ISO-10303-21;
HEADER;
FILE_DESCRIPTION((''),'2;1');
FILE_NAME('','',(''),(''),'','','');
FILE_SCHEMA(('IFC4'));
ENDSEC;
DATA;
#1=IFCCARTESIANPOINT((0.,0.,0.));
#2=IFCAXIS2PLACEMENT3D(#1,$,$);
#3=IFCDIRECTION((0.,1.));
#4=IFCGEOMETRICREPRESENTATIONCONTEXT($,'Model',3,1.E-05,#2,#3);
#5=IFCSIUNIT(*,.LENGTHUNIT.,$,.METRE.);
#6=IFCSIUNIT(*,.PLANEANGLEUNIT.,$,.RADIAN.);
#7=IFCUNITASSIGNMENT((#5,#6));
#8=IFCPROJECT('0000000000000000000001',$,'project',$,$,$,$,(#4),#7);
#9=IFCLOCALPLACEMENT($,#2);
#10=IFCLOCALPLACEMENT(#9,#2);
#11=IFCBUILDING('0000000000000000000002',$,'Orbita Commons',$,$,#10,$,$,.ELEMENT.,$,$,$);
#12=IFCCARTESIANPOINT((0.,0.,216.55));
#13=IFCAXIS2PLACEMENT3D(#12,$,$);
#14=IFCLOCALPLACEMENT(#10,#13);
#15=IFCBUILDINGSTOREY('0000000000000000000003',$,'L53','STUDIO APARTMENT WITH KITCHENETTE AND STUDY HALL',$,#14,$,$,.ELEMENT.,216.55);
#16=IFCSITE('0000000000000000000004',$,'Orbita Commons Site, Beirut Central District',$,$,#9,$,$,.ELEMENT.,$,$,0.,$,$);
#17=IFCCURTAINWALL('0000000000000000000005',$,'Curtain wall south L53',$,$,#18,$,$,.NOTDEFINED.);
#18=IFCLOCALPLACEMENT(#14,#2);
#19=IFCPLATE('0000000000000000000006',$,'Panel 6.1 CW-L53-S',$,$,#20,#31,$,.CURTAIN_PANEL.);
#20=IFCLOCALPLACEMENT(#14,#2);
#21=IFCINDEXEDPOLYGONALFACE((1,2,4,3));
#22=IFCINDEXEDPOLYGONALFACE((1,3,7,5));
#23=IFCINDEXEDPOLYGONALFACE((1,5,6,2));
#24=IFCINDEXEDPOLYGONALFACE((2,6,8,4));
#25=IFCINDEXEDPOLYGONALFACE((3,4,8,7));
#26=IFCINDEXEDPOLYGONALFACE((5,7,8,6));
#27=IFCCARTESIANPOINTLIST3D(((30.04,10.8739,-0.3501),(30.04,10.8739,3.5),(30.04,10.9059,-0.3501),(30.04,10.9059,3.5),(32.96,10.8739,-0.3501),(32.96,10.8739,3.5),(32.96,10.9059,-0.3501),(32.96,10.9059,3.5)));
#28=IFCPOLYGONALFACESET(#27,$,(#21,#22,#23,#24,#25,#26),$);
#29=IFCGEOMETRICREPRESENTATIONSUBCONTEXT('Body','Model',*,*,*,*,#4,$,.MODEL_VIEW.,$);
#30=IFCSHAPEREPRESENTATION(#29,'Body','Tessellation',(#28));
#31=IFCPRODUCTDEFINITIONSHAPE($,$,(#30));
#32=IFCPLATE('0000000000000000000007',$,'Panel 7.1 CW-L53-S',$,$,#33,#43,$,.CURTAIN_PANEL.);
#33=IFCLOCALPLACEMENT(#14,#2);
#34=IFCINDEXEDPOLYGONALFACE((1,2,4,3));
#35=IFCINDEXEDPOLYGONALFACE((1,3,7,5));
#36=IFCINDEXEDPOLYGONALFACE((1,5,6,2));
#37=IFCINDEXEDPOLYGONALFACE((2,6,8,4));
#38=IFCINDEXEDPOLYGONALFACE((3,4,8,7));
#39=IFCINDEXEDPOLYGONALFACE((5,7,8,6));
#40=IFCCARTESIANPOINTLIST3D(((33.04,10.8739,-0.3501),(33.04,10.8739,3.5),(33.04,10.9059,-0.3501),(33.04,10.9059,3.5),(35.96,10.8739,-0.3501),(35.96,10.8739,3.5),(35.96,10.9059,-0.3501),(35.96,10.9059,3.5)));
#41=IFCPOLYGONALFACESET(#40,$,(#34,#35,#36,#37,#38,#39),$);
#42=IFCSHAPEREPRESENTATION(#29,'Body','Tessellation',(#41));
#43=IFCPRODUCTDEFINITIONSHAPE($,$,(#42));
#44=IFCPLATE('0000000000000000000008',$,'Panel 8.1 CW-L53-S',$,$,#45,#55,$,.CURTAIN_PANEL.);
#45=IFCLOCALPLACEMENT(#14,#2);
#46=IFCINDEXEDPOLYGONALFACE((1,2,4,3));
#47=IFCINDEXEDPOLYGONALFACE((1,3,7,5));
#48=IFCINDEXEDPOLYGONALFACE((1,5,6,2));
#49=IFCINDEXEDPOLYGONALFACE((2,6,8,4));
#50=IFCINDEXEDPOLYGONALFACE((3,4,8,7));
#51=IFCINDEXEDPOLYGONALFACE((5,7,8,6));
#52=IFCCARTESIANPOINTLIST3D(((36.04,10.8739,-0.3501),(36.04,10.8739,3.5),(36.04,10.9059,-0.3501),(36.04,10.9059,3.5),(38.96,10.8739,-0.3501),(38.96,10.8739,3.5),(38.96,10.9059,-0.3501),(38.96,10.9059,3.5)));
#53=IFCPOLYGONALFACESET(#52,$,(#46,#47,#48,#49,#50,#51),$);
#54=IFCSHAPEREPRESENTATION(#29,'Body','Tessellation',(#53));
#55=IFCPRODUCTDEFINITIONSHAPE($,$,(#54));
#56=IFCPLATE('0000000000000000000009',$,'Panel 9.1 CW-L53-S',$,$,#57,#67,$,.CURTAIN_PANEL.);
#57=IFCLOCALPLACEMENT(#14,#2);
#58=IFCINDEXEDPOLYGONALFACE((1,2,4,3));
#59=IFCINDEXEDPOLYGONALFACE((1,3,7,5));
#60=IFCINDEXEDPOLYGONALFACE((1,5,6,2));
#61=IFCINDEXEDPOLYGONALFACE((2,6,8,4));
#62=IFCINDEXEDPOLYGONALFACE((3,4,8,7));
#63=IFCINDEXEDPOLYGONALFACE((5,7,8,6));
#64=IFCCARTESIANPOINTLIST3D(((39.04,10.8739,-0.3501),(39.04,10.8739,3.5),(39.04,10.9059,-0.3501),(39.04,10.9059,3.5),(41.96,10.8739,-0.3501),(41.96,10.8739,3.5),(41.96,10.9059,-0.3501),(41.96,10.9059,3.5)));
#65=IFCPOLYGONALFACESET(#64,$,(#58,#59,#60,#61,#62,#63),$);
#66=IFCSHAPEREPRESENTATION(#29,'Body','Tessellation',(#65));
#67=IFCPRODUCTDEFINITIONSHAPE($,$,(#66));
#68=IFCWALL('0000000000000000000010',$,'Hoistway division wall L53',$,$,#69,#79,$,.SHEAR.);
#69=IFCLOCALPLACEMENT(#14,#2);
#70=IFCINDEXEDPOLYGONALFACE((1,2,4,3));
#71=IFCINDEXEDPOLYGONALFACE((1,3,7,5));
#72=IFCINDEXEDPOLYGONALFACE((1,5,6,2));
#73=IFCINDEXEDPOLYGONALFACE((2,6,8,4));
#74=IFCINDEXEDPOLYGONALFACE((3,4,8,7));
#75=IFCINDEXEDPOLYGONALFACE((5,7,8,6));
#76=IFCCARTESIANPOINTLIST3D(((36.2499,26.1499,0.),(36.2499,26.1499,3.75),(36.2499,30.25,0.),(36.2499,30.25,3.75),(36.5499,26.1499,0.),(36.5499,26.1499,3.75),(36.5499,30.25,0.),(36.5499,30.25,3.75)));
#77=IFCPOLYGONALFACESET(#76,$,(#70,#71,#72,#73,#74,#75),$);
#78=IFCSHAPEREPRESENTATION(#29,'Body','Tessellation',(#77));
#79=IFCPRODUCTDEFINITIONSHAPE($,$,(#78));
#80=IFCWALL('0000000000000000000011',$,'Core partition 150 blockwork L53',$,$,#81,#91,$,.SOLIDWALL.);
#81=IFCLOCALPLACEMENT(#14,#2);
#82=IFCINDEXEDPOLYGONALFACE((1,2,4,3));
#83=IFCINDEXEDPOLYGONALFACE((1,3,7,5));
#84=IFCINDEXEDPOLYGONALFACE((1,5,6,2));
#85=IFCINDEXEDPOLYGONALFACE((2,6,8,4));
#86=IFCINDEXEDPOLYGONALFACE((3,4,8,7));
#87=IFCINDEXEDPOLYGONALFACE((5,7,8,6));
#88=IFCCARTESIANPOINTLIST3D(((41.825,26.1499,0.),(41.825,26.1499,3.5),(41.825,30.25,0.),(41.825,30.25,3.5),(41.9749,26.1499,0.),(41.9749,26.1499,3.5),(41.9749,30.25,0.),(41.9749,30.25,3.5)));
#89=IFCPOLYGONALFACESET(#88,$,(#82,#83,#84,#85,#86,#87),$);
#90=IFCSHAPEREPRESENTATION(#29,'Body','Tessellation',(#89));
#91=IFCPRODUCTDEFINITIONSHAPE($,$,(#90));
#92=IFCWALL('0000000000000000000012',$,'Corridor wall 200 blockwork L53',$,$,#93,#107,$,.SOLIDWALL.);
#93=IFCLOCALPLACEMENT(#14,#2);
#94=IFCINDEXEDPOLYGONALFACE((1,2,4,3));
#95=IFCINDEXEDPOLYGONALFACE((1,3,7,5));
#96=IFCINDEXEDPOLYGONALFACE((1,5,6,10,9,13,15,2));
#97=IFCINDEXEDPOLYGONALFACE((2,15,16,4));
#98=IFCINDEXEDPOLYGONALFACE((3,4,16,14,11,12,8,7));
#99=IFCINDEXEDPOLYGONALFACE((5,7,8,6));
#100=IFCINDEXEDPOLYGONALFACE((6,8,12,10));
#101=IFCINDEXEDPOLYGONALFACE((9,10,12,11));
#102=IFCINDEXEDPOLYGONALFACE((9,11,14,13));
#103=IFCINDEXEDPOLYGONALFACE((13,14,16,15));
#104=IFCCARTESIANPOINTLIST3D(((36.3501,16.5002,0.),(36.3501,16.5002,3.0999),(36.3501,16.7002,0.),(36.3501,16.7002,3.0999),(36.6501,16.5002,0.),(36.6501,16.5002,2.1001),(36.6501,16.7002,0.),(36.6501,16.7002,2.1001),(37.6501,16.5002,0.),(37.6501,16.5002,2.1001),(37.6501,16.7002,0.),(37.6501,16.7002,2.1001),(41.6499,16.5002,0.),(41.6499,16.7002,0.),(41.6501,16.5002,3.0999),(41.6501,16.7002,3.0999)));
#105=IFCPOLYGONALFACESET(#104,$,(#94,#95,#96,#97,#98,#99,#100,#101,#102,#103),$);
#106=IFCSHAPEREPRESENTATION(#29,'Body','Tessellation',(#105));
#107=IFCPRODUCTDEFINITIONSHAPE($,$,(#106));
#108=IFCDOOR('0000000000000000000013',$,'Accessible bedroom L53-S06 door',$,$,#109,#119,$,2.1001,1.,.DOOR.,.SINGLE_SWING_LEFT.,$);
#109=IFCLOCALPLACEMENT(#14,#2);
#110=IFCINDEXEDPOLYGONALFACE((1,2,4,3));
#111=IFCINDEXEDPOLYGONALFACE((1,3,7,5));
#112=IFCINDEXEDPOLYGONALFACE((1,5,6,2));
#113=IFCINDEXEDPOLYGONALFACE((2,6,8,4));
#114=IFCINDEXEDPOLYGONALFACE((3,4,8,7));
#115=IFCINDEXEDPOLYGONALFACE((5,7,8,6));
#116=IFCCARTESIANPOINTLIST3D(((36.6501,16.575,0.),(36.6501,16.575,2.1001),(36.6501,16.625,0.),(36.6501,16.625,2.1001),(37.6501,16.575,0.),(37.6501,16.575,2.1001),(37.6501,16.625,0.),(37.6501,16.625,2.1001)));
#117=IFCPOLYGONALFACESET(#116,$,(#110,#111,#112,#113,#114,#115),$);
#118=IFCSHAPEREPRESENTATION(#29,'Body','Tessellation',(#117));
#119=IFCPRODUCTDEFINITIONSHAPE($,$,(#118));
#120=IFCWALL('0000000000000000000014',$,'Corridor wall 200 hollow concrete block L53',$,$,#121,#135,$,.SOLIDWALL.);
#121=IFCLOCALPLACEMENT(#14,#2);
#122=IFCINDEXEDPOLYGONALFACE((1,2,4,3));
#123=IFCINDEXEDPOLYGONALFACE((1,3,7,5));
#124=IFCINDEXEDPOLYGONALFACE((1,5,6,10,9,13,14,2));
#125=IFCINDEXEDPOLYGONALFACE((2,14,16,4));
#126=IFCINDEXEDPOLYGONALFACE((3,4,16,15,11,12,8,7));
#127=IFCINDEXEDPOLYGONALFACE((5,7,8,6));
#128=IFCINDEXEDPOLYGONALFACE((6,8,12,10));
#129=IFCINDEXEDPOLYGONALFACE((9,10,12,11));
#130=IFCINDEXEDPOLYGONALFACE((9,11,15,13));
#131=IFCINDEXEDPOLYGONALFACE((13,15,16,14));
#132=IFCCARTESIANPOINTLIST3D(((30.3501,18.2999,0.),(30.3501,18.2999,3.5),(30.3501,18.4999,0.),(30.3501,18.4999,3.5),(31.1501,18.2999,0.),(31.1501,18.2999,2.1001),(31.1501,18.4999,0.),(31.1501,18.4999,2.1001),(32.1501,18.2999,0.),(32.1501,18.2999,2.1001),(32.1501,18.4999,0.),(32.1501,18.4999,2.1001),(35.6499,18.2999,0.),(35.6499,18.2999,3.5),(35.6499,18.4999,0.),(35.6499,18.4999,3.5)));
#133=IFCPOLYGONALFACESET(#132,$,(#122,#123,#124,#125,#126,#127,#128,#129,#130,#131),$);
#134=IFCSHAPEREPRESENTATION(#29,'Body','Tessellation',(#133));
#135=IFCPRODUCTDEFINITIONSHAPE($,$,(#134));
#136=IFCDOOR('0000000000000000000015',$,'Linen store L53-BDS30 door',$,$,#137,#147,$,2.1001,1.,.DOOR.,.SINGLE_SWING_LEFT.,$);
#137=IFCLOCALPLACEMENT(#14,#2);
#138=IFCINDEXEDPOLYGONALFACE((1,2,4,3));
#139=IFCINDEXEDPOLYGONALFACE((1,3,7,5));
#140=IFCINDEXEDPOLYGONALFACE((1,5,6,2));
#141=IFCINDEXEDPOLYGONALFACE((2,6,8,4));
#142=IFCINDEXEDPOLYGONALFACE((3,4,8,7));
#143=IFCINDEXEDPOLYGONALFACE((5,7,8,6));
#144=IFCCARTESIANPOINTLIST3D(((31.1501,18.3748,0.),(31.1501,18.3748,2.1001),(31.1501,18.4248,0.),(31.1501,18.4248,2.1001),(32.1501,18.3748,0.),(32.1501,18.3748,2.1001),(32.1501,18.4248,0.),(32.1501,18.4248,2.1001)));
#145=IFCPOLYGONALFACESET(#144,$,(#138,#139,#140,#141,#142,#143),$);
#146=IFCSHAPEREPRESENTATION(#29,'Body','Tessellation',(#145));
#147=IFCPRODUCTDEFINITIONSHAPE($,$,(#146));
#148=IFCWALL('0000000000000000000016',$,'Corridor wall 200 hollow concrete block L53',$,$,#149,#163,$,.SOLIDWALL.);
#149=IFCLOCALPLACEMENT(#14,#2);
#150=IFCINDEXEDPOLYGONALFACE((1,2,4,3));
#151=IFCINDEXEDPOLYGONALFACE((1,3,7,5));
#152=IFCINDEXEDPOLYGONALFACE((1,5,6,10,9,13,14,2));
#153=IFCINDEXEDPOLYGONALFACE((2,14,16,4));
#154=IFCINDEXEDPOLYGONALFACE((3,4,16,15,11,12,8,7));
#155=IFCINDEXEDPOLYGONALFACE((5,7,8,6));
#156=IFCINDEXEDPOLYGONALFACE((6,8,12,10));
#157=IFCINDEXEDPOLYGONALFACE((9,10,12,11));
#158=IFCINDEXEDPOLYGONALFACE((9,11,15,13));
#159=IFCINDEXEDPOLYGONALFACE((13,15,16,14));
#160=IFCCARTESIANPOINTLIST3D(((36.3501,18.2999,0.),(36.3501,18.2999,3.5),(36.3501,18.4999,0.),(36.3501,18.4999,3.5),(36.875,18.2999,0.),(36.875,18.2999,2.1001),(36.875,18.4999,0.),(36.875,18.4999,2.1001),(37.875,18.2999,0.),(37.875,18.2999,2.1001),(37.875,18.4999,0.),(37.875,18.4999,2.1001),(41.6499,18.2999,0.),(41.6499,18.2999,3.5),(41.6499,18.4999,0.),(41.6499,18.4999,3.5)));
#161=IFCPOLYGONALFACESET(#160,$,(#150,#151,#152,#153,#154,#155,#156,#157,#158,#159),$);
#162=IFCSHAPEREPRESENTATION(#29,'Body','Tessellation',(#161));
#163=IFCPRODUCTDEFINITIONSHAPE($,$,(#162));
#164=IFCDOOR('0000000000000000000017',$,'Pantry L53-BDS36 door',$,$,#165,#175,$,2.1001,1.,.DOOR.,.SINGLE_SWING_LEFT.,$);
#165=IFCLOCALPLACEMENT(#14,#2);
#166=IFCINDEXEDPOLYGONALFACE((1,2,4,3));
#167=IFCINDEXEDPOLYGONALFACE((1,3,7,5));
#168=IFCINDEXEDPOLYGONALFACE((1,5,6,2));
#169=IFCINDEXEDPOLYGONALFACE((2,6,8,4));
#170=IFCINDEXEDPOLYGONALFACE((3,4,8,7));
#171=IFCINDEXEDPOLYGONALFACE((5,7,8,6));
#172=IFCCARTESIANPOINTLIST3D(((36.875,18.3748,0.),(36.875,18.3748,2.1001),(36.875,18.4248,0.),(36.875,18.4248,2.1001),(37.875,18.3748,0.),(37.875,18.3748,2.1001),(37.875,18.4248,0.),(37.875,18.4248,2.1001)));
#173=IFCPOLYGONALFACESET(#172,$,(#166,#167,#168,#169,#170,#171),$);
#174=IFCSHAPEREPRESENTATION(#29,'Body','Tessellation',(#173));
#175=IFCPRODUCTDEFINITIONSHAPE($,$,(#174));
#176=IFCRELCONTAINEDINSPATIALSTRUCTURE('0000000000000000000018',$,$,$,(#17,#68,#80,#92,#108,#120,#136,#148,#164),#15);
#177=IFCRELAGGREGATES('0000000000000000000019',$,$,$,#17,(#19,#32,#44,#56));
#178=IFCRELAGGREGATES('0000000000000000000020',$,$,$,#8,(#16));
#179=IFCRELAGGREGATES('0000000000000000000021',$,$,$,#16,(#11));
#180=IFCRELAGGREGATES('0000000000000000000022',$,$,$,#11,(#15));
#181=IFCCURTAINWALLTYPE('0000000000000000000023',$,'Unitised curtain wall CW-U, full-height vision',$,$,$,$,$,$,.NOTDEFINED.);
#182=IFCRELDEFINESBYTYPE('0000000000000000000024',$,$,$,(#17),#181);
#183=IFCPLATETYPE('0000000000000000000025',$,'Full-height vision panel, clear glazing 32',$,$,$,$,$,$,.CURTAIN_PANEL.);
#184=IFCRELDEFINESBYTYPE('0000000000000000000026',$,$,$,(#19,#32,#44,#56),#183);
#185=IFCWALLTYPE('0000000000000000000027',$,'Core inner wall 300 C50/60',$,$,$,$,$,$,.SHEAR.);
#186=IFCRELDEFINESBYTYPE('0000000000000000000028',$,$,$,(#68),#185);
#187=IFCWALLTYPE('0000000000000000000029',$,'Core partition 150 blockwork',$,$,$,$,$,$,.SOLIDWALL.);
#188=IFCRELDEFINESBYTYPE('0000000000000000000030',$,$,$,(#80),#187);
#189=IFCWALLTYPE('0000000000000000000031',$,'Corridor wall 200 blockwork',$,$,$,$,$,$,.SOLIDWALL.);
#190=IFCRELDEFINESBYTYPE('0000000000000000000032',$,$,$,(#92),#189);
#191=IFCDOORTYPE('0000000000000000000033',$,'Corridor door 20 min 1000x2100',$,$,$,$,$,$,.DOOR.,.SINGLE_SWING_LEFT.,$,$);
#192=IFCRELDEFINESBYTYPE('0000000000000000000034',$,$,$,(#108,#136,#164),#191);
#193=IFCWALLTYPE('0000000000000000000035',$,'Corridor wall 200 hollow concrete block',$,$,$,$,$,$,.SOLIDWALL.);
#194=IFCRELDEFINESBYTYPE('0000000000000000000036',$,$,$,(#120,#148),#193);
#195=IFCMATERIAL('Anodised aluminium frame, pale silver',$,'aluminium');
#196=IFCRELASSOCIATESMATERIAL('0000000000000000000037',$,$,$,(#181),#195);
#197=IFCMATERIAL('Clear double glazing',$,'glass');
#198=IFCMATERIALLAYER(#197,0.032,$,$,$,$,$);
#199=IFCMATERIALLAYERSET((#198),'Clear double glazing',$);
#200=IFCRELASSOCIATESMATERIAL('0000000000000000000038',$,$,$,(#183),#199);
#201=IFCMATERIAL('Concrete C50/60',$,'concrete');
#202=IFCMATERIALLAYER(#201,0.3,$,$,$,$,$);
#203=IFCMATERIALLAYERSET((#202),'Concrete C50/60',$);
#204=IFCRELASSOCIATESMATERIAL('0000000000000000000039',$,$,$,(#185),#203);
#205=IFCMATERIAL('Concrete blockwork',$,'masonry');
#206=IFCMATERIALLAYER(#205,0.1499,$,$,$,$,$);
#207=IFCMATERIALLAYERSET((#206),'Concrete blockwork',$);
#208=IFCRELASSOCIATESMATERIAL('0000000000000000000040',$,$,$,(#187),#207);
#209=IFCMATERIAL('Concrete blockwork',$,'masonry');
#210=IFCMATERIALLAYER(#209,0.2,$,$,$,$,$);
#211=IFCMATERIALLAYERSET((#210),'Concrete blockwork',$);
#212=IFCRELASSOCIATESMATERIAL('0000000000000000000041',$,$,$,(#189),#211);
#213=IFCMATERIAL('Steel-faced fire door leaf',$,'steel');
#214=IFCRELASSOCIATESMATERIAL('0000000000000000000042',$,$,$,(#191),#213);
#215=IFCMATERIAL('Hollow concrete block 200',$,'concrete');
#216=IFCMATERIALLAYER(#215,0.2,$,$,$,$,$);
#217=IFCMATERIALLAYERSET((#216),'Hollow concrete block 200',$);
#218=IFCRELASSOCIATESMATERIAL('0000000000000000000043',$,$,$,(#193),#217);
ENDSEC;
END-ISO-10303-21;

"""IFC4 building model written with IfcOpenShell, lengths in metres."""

from ifc_helpers import new_model, si_unit, direction, frame, frame_2d, origin, origin_2d, place, context, subcontext, project, spatial, polyline, rectangle, outline, extrude, material, layer, layer_set, type_object, element, fill, aggregate, save


model = new_model("IFC4")

# Units and contexts
model_context = context("Model", 3, precision=1e-05, world=origin(), true_north=direction((0.0, 1.0)))
body_context = subcontext(model_context, "Body", "Model", "MODEL_VIEW")
ifc_project = project(units=[si_unit("LENGTHUNIT", "METRE"), si_unit("PLANEANGLEUNIT", "RADIAN")], contexts=[model_context])

# Site, building, storey
site_placement = place(None, origin())
site = spatial("IfcSite", under=ifc_project, at=site_placement, Name="Orbita Commons Site, Beirut Central District", CompositionType="ELEMENT", RefElevation=0.0)
building_placement = place(site_placement, origin())
building = spatial("IfcBuilding", under=site, at=building_placement, Name="Orbita Commons", CompositionType="ELEMENT")
storey_placement = place(building_placement, frame((0.0, 0.0, 216.55)))
storey = spatial("IfcBuildingStorey", under=building, at=storey_placement, Name="L53", Description="STUDIO APARTMENT WITH KITCHENETTE AND STUDY HALL", CompositionType="ELEMENT", Elevation=216.55)

# Curtain wall
ifc_material_1 = material(Name="Anodised aluminium frame, pale silver", Category="aluminium")
curtain_wall_type = type_object("IfcCurtainWallType", Name="Unitised curtain wall CW-U, full-height vision", PredefinedType="NOTDEFINED", material=ifc_material_1)
curtain_wall_placement = place(storey_placement, origin())
curtain_wall = element("IfcCurtainWall", 1, at=curtain_wall_placement, inside=storey, type_object=curtain_wall_type, Name="Curtain wall south L53", PredefinedType="NOTDEFINED")

# Plates
ifc_material_2 = material(Name="Clear double glazing", Category="glass")
ifc_layer_1 = layer(ifc_material_2, 0.032)
ifc_layer_set_1 = layer_set([ifc_layer_1], Name="Clear double glazing")
plate_type = type_object("IfcPlateType", Name="Full-height vision panel, clear glazing 32", PredefinedType="CURTAIN_PANEL", material=ifc_layer_set_1)
plate_1_placement = place(storey_placement, frame((31.5, 10.8899, -0.3501), z_axis=(0.0, 0.0, 1.0), x_axis=(1.0, 0.0, 0.0)))
plate_1 = element("IfcPlate", 2, at=plate_1_placement, type_object=plate_type, Name="Panel 6.1 CW-L53-S", PredefinedType="CURTAIN_PANEL", context=body_context, shape_type="SweptSolid", body=[
    extrude(rectangle(XDim=2.9199, YDim=0.032, at=origin_2d()), origin(), (0.0, 0.0, 1.0), 3.8501),
])
plate_2_placement = place(storey_placement, frame((34.5, 10.8899, -0.3501), z_axis=(0.0, 0.0, 1.0), x_axis=(1.0, 0.0, 0.0)))
plate_2 = element("IfcPlate", 3, at=plate_2_placement, type_object=plate_type, Name="Panel 7.1 CW-L53-S", PredefinedType="CURTAIN_PANEL", context=body_context, shape_type="SweptSolid", body=[
    extrude(rectangle(XDim=2.9199, YDim=0.032, at=origin_2d()), origin(), (0.0, 0.0, 1.0), 3.8501),
])
plate_3_placement = place(storey_placement, frame((37.5, 10.8899, -0.3501), z_axis=(0.0, 0.0, 1.0), x_axis=(1.0, 0.0, 0.0)))
plate_3 = element("IfcPlate", 4, at=plate_3_placement, type_object=plate_type, Name="Panel 8.1 CW-L53-S", PredefinedType="CURTAIN_PANEL", context=body_context, shape_type="SweptSolid", body=[
    extrude(rectangle(XDim=2.9199, YDim=0.032, at=origin_2d()), origin(), (0.0, 0.0, 1.0), 3.8501),
])
plate_4_placement = place(storey_placement, frame((40.5, 10.8899, -0.3501), z_axis=(0.0, 0.0, 1.0), x_axis=(1.0, 0.0, 0.0)))
plate_4 = element("IfcPlate", 5, at=plate_4_placement, type_object=plate_type, Name="Panel 9.1 CW-L53-S", PredefinedType="CURTAIN_PANEL", context=body_context, shape_type="SweptSolid", body=[
    extrude(rectangle(XDim=2.9199, YDim=0.032, at=origin_2d()), origin(), (0.0, 0.0, 1.0), 3.8501),
])
aggregate(curtain_wall, [plate_1, plate_2, plate_3, plate_4])

# Walls
ifc_material_3 = material(Name="Concrete C50/60", Category="concrete")
ifc_layer_2 = layer(ifc_material_3, 0.3)
ifc_layer_set_2 = layer_set([ifc_layer_2], Name="Concrete C50/60")
wall_type_1 = type_object("IfcWallType", Name="Core inner wall 300 C50/60", PredefinedType="SHEAR", material=ifc_layer_set_2)
wall_1_placement = place(storey_placement, frame((36.3999, 26.1499, 0.0), z_axis=(0.0, 0.0, 1.0), x_axis=(0.0, 1.0, 0.0)))
element("IfcWall", 6, at=wall_1_placement, inside=storey, type_object=wall_type_1, Name="Hoistway division wall L53", PredefinedType="SHEAR", context=body_context, shape_type="SweptSolid", body=[
    extrude(rectangle(XDim=4.1001, YDim=0.3, at=frame_2d((2.05, 0.0))), origin(), (0.0, 0.0, 1.0), 3.75),
])
ifc_material_4 = material(Name="Concrete blockwork", Category="masonry")
ifc_layer_3 = layer(ifc_material_4, 0.1499)
ifc_layer_set_3 = layer_set([ifc_layer_3], Name="Concrete blockwork")
wall_type_2 = type_object("IfcWallType", Name="Core partition 150 blockwork", PredefinedType="SOLIDWALL", material=ifc_layer_set_3)
wall_2_placement = place(storey_placement, frame((41.8999, 26.1499, 0.0), z_axis=(0.0, 0.0, 1.0), x_axis=(0.0, 1.0, 0.0)))
element("IfcWall", 7, at=wall_2_placement, inside=storey, type_object=wall_type_2, Name="Core partition 150 blockwork L53", PredefinedType="SOLIDWALL", context=body_context, shape_type="SweptSolid", body=[
    extrude(rectangle(XDim=4.1001, YDim=0.1499, at=frame_2d((2.05, 0.0))), origin(), (0.0, 0.0, 1.0), 3.5),
])

# Walls, openings, doors
ifc_material_5 = material(Name="Concrete blockwork", Category="masonry")
ifc_layer_4 = layer(ifc_material_5, 0.2)
ifc_layer_set_4 = layer_set([ifc_layer_4], Name="Concrete blockwork")
wall_type_3 = type_object("IfcWallType", Name="Corridor wall 200 blockwork", PredefinedType="SOLIDWALL", material=ifc_layer_set_4)
wall_3_placement = place(storey_placement, frame((36.3501, 16.6001, 0.0), z_axis=(0.0, 0.0, 1.0), x_axis=(1.0, 0.0, 0.0)))
wall_3 = element("IfcWall", 8, at=wall_3_placement, inside=storey, type_object=wall_type_3, Name="Corridor wall 200 blockwork L53", PredefinedType="SOLIDWALL", context=body_context, shape_type="SweptSolid", body=[
    extrude(outline(polyline([(0.0, 0.0), (5.2998, 0.0), (5.3, 3.0999), (0.0, 3.0999), (0.0, 0.0)])), frame((0.0, 0.1001, 0.0), z_axis=(0.0, -1.0, 0.0), x_axis=(1.0, 0.0, 0.0)), (0.0, 0.0, 1.0), 0.2),
])
opening_1_placement = place(wall_3_placement, frame((0.3, 0.0, 0.0)))
opening_1 = element("IfcOpeningElement", 9, at=opening_1_placement, cuts=wall_3, PredefinedType="OPENING", context=body_context, shape_type="SweptSolid", body=[
    extrude(rectangle(XDim=1.0, YDim=2.1001, at=frame_2d((0.5, 1.05))), frame((0.0, 0.1099, 0.0), z_axis=(0.0, -1.0, 0.0), x_axis=(1.0, 0.0, 0.0)), (0.0, 0.0, 1.0), 0.22),
])
ifc_material_6 = material(Name="Steel-faced fire door leaf", Category="steel")
door_type_1 = type_object("IfcDoorType", Name="Corridor door 20 min 1000x2100", OperationType="SINGLE_SWING_LEFT", PredefinedType="DOOR", material=ifc_material_6)
door_1_placement = place(opening_1_placement, origin())
door_1 = element("IfcDoor", 10, at=door_1_placement, inside=storey, type_object=door_type_1, Name="Accessible bedroom L53-S06 door", OperationType="SINGLE_SWING_LEFT", OverallHeight=2.1001, OverallWidth=1.0, PredefinedType="DOOR", context=body_context, shape_type="SweptSolid", body=[
    extrude(rectangle(XDim=1.0, YDim=2.1001, at=frame_2d((0.5, 1.05))), frame((0.0, 0.0249, 0.0), z_axis=(0.0, -1.0, 0.0), x_axis=(1.0, 0.0, 0.0)), (0.0, 0.0, 1.0), 0.05),
])
fill(opening_1, door_1)
ifc_material_7 = material(Name="Hollow concrete block 200", Category="concrete")
ifc_layer_5 = layer(ifc_material_7, 0.2)
ifc_layer_set_5 = layer_set([ifc_layer_5], Name="Hollow concrete block 200")
wall_type_4 = type_object("IfcWallType", Name="Corridor wall 200 hollow concrete block", PredefinedType="SOLIDWALL", material=ifc_layer_set_5)
wall_4_placement = place(storey_placement, frame((30.3501, 18.3999, 0.0), z_axis=(0.0, 0.0, 1.0), x_axis=(1.0, 0.0, 0.0)))
wall_4 = element("IfcWall", 11, at=wall_4_placement, inside=storey, type_object=wall_type_4, Name="Corridor wall 200 hollow concrete block L53", PredefinedType="SOLIDWALL", context=body_context, shape_type="SweptSolid", body=[
    extrude(rectangle(XDim=5.2998, YDim=0.2, at=frame_2d((2.6499, 0.0))), origin(), (0.0, 0.0, 1.0), 3.5),
])
opening_2_placement = place(wall_4_placement, frame((0.8, 0.0, 0.0)))
opening_2 = element("IfcOpeningElement", 12, at=opening_2_placement, cuts=wall_4, PredefinedType="OPENING", context=body_context, shape_type="SweptSolid", body=[
    extrude(rectangle(XDim=1.0, YDim=2.1001, at=frame_2d((0.5, 1.05))), frame((0.0, 0.1099, 0.0), z_axis=(0.0, -1.0, 0.0), x_axis=(1.0, 0.0, 0.0)), (0.0, 0.0, 1.0), 0.22),
])
door_2_placement = place(opening_2_placement, origin())
door_2 = element("IfcDoor", 13, at=door_2_placement, inside=storey, type_object=door_type_1, Name="Linen store L53-BDS30 door", OperationType="SINGLE_SWING_LEFT", OverallHeight=2.1001, OverallWidth=1.0, PredefinedType="DOOR", context=body_context, shape_type="SweptSolid", body=[
    extrude(rectangle(XDim=1.0, YDim=2.1001, at=frame_2d((0.5, 1.05))), frame((0.0, 0.0249, 0.0), z_axis=(0.0, -1.0, 0.0), x_axis=(1.0, 0.0, 0.0)), (0.0, 0.0, 1.0), 0.05),
])
fill(opening_2, door_2)
wall_5_placement = place(storey_placement, frame((36.3501, 18.3999, 0.0), z_axis=(0.0, 0.0, 1.0), x_axis=(1.0, 0.0, 0.0)))
wall_5 = element("IfcWall", 14, at=wall_5_placement, inside=storey, type_object=wall_type_4, Name="Corridor wall 200 hollow concrete block L53", PredefinedType="SOLIDWALL", context=body_context, shape_type="SweptSolid", body=[
    extrude(rectangle(XDim=5.2998, YDim=0.2, at=frame_2d((2.6499, 0.0))), origin(), (0.0, 0.0, 1.0), 3.5),
])
opening_3_placement = place(wall_5_placement, frame((0.5249, 0.0, 0.0)))
opening_3 = element("IfcOpeningElement", 15, at=opening_3_placement, cuts=wall_5, PredefinedType="OPENING", context=body_context, shape_type="SweptSolid", body=[
    extrude(rectangle(XDim=1.0, YDim=2.1001, at=frame_2d((0.5, 1.05))), frame((0.0, 0.1099, 0.0), z_axis=(0.0, -1.0, 0.0), x_axis=(1.0, 0.0, 0.0)), (0.0, 0.0, 1.0), 0.22),
])
door_3_placement = place(opening_3_placement, origin())
door_3 = element("IfcDoor", 16, at=door_3_placement, inside=storey, type_object=door_type_1, Name="Pantry L53-BDS36 door", OperationType="SINGLE_SWING_LEFT", OverallHeight=2.1001, OverallWidth=1.0, PredefinedType="DOOR", context=body_context, shape_type="SweptSolid", body=[
    extrude(rectangle(XDim=1.0, YDim=2.1001, at=frame_2d((0.5, 1.05))), frame((0.0, 0.0249, 0.0), z_axis=(0.0, -1.0, 0.0), x_axis=(1.0, 0.0, 0.0)), (0.0, 0.0, 1.0), 0.05),
])
fill(opening_3, door_3)

save(model, "model.ifc")
